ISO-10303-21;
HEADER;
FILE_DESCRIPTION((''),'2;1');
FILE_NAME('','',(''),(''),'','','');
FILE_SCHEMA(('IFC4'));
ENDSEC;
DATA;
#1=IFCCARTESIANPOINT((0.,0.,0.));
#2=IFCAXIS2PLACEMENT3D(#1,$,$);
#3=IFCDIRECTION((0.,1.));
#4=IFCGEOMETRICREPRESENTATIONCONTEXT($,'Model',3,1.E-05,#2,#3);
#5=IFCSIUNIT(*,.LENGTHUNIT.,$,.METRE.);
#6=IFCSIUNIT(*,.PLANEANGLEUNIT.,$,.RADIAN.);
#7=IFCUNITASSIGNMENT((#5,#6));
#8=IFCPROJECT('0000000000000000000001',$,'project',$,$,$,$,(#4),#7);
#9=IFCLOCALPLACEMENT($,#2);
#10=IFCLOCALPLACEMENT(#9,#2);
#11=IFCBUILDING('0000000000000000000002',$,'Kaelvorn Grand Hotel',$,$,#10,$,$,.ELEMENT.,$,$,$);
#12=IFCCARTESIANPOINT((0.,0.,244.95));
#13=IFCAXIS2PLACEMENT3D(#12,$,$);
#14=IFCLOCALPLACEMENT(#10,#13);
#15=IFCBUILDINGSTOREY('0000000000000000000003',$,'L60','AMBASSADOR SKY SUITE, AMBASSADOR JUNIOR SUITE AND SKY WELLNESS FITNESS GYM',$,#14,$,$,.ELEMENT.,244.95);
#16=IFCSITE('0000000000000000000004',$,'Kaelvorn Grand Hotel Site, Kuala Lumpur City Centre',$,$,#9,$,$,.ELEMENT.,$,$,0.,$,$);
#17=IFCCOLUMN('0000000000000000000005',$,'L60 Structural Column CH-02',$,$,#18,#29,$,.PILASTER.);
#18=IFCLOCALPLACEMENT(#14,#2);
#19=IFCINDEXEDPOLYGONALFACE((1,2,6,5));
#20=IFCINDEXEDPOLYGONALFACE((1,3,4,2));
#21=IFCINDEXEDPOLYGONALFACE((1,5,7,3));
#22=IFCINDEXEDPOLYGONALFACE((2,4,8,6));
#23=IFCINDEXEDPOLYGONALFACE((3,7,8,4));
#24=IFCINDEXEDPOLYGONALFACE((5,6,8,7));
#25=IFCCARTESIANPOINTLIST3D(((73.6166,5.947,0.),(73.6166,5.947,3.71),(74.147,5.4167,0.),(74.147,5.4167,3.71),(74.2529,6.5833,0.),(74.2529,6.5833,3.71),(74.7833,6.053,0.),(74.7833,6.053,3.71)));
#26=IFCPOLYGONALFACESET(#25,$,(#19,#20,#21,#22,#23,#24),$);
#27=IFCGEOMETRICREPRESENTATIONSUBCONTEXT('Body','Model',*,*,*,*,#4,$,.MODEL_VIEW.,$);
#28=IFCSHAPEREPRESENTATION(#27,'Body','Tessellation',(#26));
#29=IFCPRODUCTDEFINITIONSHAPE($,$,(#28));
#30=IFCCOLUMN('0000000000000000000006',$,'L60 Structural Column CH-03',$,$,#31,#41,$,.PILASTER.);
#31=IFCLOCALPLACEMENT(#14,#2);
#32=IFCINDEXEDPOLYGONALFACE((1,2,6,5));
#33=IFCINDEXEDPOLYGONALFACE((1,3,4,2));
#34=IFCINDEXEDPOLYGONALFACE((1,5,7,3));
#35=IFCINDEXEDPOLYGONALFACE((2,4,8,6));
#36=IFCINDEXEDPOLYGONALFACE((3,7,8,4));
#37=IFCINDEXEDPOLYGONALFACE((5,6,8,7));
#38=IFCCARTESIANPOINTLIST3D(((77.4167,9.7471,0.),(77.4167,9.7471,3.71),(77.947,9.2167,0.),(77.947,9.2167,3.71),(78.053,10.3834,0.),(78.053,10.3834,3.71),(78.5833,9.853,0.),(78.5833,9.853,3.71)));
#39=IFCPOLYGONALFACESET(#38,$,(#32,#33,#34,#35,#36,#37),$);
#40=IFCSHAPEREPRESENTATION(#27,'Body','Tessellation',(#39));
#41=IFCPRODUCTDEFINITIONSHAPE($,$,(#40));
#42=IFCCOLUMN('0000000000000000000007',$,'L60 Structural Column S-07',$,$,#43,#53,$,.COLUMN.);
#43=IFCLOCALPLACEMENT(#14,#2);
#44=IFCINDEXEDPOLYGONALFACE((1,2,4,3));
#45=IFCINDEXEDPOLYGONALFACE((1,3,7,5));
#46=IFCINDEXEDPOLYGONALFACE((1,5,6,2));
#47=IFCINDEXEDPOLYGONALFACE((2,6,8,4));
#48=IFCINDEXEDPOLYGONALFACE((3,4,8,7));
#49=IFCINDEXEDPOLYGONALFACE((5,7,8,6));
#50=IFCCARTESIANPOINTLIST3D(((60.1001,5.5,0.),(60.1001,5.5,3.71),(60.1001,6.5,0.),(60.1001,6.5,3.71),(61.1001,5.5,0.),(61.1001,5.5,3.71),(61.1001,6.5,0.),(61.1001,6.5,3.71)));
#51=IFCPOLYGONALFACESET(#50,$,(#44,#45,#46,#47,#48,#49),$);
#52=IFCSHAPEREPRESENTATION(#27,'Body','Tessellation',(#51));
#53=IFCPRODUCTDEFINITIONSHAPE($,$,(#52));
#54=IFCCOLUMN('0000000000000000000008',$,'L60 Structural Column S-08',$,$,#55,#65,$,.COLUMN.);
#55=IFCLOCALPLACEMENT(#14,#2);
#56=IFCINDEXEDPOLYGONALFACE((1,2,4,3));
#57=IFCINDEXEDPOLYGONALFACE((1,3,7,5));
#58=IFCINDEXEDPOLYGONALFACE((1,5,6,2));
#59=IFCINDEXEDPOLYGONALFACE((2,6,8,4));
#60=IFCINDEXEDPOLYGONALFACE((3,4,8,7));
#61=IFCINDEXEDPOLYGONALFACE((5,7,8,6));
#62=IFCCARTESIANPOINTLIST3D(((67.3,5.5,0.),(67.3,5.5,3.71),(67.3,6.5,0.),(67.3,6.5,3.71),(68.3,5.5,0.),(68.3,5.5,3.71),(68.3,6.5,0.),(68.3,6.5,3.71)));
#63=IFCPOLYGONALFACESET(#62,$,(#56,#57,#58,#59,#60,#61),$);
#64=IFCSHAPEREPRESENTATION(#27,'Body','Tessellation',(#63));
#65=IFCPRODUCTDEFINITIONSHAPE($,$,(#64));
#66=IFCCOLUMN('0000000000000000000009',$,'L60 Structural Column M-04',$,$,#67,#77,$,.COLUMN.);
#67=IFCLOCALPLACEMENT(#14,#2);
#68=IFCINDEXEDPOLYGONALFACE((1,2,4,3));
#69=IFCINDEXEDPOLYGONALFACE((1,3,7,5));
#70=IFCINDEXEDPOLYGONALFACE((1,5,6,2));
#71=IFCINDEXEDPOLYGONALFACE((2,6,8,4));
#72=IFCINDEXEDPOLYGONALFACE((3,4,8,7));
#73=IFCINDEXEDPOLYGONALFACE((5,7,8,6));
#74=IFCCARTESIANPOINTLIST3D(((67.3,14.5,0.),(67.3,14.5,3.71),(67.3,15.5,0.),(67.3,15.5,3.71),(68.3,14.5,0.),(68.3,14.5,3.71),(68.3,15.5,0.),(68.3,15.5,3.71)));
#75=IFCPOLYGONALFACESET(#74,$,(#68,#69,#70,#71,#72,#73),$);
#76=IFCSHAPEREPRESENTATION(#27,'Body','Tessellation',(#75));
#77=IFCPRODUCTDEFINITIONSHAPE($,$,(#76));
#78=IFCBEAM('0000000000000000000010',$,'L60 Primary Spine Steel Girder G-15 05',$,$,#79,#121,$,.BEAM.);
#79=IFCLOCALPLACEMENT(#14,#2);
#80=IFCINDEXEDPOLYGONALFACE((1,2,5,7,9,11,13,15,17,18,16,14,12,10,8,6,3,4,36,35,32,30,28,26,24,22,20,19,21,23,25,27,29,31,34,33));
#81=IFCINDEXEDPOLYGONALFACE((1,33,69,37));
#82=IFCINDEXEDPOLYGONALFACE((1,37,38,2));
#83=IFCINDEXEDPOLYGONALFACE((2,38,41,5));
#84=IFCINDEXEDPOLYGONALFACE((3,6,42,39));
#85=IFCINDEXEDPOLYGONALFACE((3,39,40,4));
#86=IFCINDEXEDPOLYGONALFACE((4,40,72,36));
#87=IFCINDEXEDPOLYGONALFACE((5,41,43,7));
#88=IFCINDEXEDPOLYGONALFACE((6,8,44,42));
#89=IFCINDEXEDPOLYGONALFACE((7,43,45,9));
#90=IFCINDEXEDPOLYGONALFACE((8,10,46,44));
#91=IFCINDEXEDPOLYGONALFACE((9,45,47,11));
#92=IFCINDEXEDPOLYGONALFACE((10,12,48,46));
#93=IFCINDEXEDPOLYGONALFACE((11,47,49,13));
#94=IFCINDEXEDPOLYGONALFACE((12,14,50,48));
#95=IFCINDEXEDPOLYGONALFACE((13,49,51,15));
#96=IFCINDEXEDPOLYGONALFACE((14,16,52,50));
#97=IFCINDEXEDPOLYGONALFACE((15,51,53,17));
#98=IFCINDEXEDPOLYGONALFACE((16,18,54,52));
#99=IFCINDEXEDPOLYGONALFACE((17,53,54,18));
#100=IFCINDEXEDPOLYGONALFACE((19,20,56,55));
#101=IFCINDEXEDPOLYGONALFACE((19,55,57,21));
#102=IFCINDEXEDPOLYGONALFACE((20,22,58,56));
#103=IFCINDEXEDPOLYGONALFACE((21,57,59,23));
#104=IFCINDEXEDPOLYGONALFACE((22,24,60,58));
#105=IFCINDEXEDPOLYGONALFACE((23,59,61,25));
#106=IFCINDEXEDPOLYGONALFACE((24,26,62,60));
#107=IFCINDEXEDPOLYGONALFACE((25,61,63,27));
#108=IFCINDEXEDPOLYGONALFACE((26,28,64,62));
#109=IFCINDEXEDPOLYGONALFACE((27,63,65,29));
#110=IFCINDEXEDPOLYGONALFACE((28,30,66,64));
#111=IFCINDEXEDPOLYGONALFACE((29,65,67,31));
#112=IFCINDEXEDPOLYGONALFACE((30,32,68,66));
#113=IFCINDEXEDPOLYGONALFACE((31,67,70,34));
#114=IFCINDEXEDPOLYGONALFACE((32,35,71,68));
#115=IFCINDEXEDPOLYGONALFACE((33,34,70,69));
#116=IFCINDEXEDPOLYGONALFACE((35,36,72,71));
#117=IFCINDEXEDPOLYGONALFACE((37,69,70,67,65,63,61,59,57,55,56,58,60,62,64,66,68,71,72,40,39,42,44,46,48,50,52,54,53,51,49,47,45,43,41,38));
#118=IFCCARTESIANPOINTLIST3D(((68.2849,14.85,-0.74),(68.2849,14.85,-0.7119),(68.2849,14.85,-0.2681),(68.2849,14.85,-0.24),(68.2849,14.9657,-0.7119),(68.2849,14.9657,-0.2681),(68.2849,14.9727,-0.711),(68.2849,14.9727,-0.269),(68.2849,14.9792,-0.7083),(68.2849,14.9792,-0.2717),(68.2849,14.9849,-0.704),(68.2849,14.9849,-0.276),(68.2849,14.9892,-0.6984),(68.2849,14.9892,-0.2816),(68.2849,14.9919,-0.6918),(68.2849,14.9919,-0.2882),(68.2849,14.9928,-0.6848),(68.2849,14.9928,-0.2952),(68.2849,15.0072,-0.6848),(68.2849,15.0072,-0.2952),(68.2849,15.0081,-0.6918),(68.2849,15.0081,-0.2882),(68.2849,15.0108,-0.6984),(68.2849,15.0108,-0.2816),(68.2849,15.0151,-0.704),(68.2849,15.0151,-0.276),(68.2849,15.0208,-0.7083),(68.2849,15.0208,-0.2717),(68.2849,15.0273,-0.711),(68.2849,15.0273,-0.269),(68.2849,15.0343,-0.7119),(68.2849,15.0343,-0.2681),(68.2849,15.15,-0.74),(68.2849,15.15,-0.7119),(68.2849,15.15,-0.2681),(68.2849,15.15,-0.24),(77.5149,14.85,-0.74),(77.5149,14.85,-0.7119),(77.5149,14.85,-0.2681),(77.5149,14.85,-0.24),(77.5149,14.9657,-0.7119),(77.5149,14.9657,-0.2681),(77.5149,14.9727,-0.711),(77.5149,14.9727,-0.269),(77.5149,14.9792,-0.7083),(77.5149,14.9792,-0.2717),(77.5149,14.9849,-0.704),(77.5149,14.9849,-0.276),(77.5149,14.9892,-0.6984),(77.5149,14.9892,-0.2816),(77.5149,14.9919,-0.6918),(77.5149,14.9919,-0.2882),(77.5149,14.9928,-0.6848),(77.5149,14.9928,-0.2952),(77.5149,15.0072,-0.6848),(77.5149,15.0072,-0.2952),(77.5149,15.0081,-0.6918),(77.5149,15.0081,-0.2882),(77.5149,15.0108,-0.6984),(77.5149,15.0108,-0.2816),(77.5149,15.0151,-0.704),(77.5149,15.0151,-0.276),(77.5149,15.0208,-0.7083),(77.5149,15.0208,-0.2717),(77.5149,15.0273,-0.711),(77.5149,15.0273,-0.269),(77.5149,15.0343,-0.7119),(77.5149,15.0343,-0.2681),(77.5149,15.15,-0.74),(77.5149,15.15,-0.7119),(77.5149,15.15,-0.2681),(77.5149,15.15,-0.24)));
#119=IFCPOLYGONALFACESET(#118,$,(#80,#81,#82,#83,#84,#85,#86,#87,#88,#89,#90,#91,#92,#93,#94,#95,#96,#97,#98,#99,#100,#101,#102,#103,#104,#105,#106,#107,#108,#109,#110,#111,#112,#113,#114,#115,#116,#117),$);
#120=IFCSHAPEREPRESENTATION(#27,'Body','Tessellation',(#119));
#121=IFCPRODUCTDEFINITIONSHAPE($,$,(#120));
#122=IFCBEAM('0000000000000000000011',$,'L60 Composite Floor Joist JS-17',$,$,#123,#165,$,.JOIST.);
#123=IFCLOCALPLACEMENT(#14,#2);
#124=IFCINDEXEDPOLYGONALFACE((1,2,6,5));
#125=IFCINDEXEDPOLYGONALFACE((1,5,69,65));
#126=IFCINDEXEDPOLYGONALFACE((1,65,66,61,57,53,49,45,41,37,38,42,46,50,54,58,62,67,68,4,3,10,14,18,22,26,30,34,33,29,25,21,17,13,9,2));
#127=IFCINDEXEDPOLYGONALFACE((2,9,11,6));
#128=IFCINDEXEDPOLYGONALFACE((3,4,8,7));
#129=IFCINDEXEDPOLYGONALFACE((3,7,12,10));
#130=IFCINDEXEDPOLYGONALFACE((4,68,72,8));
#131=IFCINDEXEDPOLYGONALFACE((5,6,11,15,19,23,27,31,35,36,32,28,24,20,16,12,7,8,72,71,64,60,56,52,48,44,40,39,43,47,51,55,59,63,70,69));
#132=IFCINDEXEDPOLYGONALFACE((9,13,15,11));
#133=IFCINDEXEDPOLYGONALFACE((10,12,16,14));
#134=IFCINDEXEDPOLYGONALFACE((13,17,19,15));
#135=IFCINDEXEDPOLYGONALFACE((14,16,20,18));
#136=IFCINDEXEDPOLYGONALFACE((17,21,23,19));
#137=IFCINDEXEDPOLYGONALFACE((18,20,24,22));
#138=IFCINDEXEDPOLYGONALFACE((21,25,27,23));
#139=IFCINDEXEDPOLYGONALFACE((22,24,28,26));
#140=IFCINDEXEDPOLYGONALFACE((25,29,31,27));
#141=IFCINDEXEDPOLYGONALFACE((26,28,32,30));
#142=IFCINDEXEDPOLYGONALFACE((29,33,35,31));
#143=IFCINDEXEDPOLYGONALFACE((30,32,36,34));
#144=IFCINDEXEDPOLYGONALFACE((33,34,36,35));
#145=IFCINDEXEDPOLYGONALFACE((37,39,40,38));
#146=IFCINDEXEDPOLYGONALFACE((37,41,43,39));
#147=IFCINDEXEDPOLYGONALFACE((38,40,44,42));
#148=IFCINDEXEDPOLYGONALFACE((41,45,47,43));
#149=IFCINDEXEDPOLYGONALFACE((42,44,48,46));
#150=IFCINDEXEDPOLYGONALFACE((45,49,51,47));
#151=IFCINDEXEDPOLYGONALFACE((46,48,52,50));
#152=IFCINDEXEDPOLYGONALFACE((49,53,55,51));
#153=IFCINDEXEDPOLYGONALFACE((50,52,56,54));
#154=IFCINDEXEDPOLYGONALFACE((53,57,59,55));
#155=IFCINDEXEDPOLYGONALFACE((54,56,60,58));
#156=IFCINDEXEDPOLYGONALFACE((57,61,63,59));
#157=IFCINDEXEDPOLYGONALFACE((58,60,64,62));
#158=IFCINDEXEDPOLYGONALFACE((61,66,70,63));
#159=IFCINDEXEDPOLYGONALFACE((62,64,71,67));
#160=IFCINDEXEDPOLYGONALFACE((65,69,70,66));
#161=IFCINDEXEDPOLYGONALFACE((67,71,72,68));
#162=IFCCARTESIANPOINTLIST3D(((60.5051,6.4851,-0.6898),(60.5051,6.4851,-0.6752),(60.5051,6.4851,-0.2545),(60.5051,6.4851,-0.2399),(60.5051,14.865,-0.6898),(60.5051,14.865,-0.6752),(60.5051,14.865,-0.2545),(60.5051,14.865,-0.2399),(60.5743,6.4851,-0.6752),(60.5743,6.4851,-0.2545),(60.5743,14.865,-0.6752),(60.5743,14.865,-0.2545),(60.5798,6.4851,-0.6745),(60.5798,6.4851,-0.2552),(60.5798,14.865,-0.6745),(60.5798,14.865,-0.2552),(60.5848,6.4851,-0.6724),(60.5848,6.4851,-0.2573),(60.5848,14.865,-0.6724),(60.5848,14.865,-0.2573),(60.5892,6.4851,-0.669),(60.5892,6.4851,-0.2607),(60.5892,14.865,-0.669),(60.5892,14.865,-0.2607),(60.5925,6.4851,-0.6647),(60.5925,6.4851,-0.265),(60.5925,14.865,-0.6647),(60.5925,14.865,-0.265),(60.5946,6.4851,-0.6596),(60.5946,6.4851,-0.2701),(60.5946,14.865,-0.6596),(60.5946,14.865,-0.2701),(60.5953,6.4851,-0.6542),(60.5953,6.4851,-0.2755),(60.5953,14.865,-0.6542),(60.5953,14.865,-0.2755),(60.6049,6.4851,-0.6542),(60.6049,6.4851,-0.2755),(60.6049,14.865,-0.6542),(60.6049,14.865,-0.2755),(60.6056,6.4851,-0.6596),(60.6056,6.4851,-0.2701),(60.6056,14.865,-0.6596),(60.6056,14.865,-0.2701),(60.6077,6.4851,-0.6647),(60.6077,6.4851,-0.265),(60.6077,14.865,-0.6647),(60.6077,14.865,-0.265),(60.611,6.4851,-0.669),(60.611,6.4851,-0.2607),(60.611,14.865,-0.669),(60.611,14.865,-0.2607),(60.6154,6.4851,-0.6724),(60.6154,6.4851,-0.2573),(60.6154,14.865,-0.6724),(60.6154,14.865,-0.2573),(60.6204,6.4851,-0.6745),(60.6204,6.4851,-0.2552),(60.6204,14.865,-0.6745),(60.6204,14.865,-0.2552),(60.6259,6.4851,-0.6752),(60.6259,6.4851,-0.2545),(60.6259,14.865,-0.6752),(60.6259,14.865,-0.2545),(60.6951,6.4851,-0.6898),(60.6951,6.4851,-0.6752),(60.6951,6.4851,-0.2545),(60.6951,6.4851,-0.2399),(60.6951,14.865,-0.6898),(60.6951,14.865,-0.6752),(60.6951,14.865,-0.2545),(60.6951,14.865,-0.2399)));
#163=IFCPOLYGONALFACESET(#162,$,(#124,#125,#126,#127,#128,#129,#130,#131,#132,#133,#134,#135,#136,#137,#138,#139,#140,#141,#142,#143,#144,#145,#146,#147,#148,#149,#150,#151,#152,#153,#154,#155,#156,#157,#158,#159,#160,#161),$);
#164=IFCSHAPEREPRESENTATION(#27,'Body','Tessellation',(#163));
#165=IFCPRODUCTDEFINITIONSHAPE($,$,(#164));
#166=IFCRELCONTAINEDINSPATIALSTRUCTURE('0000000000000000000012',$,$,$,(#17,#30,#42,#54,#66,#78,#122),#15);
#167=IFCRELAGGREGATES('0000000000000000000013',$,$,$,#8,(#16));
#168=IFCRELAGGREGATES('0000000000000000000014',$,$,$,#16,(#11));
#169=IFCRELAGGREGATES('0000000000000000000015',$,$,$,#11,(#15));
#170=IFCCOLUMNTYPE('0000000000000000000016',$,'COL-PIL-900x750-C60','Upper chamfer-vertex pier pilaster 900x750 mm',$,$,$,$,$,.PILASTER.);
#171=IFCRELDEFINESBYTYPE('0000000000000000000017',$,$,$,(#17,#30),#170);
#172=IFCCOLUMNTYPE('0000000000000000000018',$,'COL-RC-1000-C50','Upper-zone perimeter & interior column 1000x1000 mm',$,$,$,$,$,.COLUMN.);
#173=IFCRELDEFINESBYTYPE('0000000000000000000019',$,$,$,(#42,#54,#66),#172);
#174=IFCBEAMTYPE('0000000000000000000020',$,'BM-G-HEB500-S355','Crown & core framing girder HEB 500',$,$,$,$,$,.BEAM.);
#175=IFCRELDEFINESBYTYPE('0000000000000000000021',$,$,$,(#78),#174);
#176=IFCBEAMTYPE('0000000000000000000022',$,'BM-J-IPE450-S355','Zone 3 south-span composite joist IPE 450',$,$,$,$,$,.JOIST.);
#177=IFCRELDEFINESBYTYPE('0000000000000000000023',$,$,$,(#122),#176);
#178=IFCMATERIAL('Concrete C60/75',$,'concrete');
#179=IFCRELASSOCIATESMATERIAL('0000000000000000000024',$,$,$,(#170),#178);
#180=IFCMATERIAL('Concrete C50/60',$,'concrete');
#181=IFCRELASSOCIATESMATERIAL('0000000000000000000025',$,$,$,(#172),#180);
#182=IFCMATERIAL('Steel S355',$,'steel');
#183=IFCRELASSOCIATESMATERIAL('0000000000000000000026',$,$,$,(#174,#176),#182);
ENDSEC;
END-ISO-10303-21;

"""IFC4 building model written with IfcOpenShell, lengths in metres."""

from ifc_helpers import new_model, si_unit, direction, frame, origin, origin_2d, place, context, subcontext, project, spatial, rectangle, i_section, extrude, material, material_profile, profile_set, type_object, element, save


model = new_model("IFC4")

# Units and contexts
model_context = context("Model", 3, precision=1e-05, world=origin(), true_north=direction((0.0, 1.0)))
body_context = subcontext(model_context, "Body", "Model", "MODEL_VIEW")
ifc_project = project(units=[si_unit("LENGTHUNIT", "METRE"), si_unit("PLANEANGLEUNIT", "RADIAN")], contexts=[model_context])

# Site, building, storey
site_placement = place(None, origin())
site = spatial("IfcSite", under=ifc_project, at=site_placement, Name="Kaelvorn Grand Hotel Site, Kuala Lumpur City Centre", CompositionType="ELEMENT", RefElevation=0.0)
building_placement = place(site_placement, origin())
building = spatial("IfcBuilding", under=site, at=building_placement, Name="Kaelvorn Grand Hotel", CompositionType="ELEMENT")
storey_placement = place(building_placement, frame((0.0, 0.0, 244.95)))
storey = spatial("IfcBuildingStorey", under=building, at=storey_placement, Name="L60", Description="AMBASSADOR SKY SUITE, AMBASSADOR JUNIOR SUITE AND SKY WELLNESS FITNESS GYM", CompositionType="ELEMENT", Elevation=244.95)

# Columns
ifc_material_1 = material(Name="Concrete C60/75", Category="concrete")
ifc_material_profile_1 = material_profile(ifc_material_1, rectangle(XDim=0.8999, YDim=0.75, at=origin_2d()), Name="RC PILASTER 900x750")
ifc_profile_set_1 = profile_set([ifc_material_profile_1], Name="Concrete C60/75")
column_type_1 = type_object("IfcColumnType", Name="COL-PIL-900x750-C60", Description="Upper chamfer-vertex pier pilaster 900x750 mm", PredefinedType="PILASTER", material=ifc_profile_set_1)
for number, where, z_axis, x_axis, name in (
    (1, (74.2, 6.0, 0.0), (0.0, 0.0, 1.0), (0.707107, 0.707107, 0.0), "L60 Structural Column CH-02"),
    (2, (78.0, 9.8, 0.0), (0.0, 0.0, 1.0), (0.707107, 0.707107, 0.0), "L60 Structural Column CH-03"),
):
    element("IfcColumn", number, at=place(storey_placement, frame(where, z_axis=z_axis, x_axis=x_axis)), inside=storey, type_object=column_type_1, Name=name, PredefinedType="PILASTER", context=body_context, shape_type="SweptSolid", body=[
        extrude(rectangle(XDim=0.8999, YDim=0.75, at=origin_2d()), origin(), (0.0, 0.0, 1.0), 3.71),
    ])
ifc_material_2 = material(Name="Concrete C50/60", Category="concrete")
ifc_material_profile_2 = material_profile(ifc_material_2, rectangle(XDim=1.0, YDim=1.0, at=origin_2d()), Name="RC COL 1000x1000")
ifc_profile_set_2 = profile_set([ifc_material_profile_2], Name="Concrete C50/60")
column_type_2 = type_object("IfcColumnType", Name="COL-RC-1000-C50", Description="Upper-zone perimeter & interior column 1000x1000 mm", PredefinedType="COLUMN", material=ifc_profile_set_2)
for number, where, z_axis, x_axis, name in (
    (3, (60.6001, 6.0, 0.0), (0.0, 0.0, 1.0), (1.0, 0.0, 0.0), "L60 Structural Column S-07"),
    (4, (67.8, 6.0, 0.0), (0.0, 0.0, 1.0), (1.0, 0.0, 0.0), "L60 Structural Column S-08"),
    (5, (67.8, 15.0, 0.0), (0.0, 0.0, 1.0), (1.0, 0.0, 0.0), "L60 Structural Column M-04"),
):
    element("IfcColumn", number, at=place(storey_placement, frame(where, z_axis=z_axis, x_axis=x_axis)), inside=storey, type_object=column_type_2, Name=name, PredefinedType="COLUMN", context=body_context, shape_type="SweptSolid", body=[
        extrude(rectangle(XDim=1.0, YDim=1.0, at=origin_2d()), origin(), (0.0, 0.0, 1.0), 3.71),
    ])

# Beams
ifc_material_3 = material(Name="Steel S355", Category="steel")
ifc_material_profile_3 = material_profile(ifc_material_3, i_section(OverallWidth=0.3, OverallDepth=0.5, WebThickness=0.0144, FlangeThickness=0.0281, FilletRadius=0.0271, at=origin_2d()), Name="HEB 500")
ifc_profile_set_3 = profile_set([ifc_material_profile_3], Name="Steel S355")
beam_type_1 = type_object("IfcBeamType", Name="BM-G-HEB500-S355", Description="Crown & core framing girder HEB 500", PredefinedType="BEAM", material=ifc_profile_set_3)
beam_1_placement = place(storey_placement, frame((68.2849, 15.0, -0.49), z_axis=(1.0, 0.0, 0.0), x_axis=(0.0, 1.0, 0.0)))
element("IfcBeam", 6, at=beam_1_placement, inside=storey, type_object=beam_type_1, Name="L60 Primary Spine Steel Girder G-15 05", PredefinedType="BEAM", context=body_context, shape_type="SweptSolid", body=[
    extrude(i_section(OverallWidth=0.3, OverallDepth=0.5, WebThickness=0.0144, FlangeThickness=0.0281, FilletRadius=0.0271, at=origin_2d()), origin(), (0.0, 0.0, 1.0), 9.23),
])
ifc_material_profile_4 = material_profile(ifc_material_3, i_section(OverallWidth=0.1899, OverallDepth=0.45, WebThickness=0.0095, FlangeThickness=0.0146, FilletRadius=0.021, at=origin_2d()), Name="IPE 450")
ifc_profile_set_4 = profile_set([ifc_material_profile_4], Name="Steel S355")
beam_type_2 = type_object("IfcBeamType", Name="BM-J-IPE450-S355", Description="Zone 3 south-span composite joist IPE 450", PredefinedType="JOIST", material=ifc_profile_set_4)
beam_2_placement = place(storey_placement, frame((60.6001, 6.4851, -0.4648), z_axis=(0.0, 1.0, 0.0), x_axis=(-1.0, 0.0, 0.0)))
element("IfcBeam", 7, at=beam_2_placement, inside=storey, type_object=beam_type_2, Name="L60 Composite Floor Joist JS-17", PredefinedType="JOIST", context=body_context, shape_type="SweptSolid", body=[
    extrude(i_section(OverallWidth=0.1899, OverallDepth=0.45, WebThickness=0.0095, FlangeThickness=0.0146, FilletRadius=0.021, at=origin_2d()), origin(), (0.0, 0.0, 1.0), 8.3799),
])

save(model, "model.ifc")
